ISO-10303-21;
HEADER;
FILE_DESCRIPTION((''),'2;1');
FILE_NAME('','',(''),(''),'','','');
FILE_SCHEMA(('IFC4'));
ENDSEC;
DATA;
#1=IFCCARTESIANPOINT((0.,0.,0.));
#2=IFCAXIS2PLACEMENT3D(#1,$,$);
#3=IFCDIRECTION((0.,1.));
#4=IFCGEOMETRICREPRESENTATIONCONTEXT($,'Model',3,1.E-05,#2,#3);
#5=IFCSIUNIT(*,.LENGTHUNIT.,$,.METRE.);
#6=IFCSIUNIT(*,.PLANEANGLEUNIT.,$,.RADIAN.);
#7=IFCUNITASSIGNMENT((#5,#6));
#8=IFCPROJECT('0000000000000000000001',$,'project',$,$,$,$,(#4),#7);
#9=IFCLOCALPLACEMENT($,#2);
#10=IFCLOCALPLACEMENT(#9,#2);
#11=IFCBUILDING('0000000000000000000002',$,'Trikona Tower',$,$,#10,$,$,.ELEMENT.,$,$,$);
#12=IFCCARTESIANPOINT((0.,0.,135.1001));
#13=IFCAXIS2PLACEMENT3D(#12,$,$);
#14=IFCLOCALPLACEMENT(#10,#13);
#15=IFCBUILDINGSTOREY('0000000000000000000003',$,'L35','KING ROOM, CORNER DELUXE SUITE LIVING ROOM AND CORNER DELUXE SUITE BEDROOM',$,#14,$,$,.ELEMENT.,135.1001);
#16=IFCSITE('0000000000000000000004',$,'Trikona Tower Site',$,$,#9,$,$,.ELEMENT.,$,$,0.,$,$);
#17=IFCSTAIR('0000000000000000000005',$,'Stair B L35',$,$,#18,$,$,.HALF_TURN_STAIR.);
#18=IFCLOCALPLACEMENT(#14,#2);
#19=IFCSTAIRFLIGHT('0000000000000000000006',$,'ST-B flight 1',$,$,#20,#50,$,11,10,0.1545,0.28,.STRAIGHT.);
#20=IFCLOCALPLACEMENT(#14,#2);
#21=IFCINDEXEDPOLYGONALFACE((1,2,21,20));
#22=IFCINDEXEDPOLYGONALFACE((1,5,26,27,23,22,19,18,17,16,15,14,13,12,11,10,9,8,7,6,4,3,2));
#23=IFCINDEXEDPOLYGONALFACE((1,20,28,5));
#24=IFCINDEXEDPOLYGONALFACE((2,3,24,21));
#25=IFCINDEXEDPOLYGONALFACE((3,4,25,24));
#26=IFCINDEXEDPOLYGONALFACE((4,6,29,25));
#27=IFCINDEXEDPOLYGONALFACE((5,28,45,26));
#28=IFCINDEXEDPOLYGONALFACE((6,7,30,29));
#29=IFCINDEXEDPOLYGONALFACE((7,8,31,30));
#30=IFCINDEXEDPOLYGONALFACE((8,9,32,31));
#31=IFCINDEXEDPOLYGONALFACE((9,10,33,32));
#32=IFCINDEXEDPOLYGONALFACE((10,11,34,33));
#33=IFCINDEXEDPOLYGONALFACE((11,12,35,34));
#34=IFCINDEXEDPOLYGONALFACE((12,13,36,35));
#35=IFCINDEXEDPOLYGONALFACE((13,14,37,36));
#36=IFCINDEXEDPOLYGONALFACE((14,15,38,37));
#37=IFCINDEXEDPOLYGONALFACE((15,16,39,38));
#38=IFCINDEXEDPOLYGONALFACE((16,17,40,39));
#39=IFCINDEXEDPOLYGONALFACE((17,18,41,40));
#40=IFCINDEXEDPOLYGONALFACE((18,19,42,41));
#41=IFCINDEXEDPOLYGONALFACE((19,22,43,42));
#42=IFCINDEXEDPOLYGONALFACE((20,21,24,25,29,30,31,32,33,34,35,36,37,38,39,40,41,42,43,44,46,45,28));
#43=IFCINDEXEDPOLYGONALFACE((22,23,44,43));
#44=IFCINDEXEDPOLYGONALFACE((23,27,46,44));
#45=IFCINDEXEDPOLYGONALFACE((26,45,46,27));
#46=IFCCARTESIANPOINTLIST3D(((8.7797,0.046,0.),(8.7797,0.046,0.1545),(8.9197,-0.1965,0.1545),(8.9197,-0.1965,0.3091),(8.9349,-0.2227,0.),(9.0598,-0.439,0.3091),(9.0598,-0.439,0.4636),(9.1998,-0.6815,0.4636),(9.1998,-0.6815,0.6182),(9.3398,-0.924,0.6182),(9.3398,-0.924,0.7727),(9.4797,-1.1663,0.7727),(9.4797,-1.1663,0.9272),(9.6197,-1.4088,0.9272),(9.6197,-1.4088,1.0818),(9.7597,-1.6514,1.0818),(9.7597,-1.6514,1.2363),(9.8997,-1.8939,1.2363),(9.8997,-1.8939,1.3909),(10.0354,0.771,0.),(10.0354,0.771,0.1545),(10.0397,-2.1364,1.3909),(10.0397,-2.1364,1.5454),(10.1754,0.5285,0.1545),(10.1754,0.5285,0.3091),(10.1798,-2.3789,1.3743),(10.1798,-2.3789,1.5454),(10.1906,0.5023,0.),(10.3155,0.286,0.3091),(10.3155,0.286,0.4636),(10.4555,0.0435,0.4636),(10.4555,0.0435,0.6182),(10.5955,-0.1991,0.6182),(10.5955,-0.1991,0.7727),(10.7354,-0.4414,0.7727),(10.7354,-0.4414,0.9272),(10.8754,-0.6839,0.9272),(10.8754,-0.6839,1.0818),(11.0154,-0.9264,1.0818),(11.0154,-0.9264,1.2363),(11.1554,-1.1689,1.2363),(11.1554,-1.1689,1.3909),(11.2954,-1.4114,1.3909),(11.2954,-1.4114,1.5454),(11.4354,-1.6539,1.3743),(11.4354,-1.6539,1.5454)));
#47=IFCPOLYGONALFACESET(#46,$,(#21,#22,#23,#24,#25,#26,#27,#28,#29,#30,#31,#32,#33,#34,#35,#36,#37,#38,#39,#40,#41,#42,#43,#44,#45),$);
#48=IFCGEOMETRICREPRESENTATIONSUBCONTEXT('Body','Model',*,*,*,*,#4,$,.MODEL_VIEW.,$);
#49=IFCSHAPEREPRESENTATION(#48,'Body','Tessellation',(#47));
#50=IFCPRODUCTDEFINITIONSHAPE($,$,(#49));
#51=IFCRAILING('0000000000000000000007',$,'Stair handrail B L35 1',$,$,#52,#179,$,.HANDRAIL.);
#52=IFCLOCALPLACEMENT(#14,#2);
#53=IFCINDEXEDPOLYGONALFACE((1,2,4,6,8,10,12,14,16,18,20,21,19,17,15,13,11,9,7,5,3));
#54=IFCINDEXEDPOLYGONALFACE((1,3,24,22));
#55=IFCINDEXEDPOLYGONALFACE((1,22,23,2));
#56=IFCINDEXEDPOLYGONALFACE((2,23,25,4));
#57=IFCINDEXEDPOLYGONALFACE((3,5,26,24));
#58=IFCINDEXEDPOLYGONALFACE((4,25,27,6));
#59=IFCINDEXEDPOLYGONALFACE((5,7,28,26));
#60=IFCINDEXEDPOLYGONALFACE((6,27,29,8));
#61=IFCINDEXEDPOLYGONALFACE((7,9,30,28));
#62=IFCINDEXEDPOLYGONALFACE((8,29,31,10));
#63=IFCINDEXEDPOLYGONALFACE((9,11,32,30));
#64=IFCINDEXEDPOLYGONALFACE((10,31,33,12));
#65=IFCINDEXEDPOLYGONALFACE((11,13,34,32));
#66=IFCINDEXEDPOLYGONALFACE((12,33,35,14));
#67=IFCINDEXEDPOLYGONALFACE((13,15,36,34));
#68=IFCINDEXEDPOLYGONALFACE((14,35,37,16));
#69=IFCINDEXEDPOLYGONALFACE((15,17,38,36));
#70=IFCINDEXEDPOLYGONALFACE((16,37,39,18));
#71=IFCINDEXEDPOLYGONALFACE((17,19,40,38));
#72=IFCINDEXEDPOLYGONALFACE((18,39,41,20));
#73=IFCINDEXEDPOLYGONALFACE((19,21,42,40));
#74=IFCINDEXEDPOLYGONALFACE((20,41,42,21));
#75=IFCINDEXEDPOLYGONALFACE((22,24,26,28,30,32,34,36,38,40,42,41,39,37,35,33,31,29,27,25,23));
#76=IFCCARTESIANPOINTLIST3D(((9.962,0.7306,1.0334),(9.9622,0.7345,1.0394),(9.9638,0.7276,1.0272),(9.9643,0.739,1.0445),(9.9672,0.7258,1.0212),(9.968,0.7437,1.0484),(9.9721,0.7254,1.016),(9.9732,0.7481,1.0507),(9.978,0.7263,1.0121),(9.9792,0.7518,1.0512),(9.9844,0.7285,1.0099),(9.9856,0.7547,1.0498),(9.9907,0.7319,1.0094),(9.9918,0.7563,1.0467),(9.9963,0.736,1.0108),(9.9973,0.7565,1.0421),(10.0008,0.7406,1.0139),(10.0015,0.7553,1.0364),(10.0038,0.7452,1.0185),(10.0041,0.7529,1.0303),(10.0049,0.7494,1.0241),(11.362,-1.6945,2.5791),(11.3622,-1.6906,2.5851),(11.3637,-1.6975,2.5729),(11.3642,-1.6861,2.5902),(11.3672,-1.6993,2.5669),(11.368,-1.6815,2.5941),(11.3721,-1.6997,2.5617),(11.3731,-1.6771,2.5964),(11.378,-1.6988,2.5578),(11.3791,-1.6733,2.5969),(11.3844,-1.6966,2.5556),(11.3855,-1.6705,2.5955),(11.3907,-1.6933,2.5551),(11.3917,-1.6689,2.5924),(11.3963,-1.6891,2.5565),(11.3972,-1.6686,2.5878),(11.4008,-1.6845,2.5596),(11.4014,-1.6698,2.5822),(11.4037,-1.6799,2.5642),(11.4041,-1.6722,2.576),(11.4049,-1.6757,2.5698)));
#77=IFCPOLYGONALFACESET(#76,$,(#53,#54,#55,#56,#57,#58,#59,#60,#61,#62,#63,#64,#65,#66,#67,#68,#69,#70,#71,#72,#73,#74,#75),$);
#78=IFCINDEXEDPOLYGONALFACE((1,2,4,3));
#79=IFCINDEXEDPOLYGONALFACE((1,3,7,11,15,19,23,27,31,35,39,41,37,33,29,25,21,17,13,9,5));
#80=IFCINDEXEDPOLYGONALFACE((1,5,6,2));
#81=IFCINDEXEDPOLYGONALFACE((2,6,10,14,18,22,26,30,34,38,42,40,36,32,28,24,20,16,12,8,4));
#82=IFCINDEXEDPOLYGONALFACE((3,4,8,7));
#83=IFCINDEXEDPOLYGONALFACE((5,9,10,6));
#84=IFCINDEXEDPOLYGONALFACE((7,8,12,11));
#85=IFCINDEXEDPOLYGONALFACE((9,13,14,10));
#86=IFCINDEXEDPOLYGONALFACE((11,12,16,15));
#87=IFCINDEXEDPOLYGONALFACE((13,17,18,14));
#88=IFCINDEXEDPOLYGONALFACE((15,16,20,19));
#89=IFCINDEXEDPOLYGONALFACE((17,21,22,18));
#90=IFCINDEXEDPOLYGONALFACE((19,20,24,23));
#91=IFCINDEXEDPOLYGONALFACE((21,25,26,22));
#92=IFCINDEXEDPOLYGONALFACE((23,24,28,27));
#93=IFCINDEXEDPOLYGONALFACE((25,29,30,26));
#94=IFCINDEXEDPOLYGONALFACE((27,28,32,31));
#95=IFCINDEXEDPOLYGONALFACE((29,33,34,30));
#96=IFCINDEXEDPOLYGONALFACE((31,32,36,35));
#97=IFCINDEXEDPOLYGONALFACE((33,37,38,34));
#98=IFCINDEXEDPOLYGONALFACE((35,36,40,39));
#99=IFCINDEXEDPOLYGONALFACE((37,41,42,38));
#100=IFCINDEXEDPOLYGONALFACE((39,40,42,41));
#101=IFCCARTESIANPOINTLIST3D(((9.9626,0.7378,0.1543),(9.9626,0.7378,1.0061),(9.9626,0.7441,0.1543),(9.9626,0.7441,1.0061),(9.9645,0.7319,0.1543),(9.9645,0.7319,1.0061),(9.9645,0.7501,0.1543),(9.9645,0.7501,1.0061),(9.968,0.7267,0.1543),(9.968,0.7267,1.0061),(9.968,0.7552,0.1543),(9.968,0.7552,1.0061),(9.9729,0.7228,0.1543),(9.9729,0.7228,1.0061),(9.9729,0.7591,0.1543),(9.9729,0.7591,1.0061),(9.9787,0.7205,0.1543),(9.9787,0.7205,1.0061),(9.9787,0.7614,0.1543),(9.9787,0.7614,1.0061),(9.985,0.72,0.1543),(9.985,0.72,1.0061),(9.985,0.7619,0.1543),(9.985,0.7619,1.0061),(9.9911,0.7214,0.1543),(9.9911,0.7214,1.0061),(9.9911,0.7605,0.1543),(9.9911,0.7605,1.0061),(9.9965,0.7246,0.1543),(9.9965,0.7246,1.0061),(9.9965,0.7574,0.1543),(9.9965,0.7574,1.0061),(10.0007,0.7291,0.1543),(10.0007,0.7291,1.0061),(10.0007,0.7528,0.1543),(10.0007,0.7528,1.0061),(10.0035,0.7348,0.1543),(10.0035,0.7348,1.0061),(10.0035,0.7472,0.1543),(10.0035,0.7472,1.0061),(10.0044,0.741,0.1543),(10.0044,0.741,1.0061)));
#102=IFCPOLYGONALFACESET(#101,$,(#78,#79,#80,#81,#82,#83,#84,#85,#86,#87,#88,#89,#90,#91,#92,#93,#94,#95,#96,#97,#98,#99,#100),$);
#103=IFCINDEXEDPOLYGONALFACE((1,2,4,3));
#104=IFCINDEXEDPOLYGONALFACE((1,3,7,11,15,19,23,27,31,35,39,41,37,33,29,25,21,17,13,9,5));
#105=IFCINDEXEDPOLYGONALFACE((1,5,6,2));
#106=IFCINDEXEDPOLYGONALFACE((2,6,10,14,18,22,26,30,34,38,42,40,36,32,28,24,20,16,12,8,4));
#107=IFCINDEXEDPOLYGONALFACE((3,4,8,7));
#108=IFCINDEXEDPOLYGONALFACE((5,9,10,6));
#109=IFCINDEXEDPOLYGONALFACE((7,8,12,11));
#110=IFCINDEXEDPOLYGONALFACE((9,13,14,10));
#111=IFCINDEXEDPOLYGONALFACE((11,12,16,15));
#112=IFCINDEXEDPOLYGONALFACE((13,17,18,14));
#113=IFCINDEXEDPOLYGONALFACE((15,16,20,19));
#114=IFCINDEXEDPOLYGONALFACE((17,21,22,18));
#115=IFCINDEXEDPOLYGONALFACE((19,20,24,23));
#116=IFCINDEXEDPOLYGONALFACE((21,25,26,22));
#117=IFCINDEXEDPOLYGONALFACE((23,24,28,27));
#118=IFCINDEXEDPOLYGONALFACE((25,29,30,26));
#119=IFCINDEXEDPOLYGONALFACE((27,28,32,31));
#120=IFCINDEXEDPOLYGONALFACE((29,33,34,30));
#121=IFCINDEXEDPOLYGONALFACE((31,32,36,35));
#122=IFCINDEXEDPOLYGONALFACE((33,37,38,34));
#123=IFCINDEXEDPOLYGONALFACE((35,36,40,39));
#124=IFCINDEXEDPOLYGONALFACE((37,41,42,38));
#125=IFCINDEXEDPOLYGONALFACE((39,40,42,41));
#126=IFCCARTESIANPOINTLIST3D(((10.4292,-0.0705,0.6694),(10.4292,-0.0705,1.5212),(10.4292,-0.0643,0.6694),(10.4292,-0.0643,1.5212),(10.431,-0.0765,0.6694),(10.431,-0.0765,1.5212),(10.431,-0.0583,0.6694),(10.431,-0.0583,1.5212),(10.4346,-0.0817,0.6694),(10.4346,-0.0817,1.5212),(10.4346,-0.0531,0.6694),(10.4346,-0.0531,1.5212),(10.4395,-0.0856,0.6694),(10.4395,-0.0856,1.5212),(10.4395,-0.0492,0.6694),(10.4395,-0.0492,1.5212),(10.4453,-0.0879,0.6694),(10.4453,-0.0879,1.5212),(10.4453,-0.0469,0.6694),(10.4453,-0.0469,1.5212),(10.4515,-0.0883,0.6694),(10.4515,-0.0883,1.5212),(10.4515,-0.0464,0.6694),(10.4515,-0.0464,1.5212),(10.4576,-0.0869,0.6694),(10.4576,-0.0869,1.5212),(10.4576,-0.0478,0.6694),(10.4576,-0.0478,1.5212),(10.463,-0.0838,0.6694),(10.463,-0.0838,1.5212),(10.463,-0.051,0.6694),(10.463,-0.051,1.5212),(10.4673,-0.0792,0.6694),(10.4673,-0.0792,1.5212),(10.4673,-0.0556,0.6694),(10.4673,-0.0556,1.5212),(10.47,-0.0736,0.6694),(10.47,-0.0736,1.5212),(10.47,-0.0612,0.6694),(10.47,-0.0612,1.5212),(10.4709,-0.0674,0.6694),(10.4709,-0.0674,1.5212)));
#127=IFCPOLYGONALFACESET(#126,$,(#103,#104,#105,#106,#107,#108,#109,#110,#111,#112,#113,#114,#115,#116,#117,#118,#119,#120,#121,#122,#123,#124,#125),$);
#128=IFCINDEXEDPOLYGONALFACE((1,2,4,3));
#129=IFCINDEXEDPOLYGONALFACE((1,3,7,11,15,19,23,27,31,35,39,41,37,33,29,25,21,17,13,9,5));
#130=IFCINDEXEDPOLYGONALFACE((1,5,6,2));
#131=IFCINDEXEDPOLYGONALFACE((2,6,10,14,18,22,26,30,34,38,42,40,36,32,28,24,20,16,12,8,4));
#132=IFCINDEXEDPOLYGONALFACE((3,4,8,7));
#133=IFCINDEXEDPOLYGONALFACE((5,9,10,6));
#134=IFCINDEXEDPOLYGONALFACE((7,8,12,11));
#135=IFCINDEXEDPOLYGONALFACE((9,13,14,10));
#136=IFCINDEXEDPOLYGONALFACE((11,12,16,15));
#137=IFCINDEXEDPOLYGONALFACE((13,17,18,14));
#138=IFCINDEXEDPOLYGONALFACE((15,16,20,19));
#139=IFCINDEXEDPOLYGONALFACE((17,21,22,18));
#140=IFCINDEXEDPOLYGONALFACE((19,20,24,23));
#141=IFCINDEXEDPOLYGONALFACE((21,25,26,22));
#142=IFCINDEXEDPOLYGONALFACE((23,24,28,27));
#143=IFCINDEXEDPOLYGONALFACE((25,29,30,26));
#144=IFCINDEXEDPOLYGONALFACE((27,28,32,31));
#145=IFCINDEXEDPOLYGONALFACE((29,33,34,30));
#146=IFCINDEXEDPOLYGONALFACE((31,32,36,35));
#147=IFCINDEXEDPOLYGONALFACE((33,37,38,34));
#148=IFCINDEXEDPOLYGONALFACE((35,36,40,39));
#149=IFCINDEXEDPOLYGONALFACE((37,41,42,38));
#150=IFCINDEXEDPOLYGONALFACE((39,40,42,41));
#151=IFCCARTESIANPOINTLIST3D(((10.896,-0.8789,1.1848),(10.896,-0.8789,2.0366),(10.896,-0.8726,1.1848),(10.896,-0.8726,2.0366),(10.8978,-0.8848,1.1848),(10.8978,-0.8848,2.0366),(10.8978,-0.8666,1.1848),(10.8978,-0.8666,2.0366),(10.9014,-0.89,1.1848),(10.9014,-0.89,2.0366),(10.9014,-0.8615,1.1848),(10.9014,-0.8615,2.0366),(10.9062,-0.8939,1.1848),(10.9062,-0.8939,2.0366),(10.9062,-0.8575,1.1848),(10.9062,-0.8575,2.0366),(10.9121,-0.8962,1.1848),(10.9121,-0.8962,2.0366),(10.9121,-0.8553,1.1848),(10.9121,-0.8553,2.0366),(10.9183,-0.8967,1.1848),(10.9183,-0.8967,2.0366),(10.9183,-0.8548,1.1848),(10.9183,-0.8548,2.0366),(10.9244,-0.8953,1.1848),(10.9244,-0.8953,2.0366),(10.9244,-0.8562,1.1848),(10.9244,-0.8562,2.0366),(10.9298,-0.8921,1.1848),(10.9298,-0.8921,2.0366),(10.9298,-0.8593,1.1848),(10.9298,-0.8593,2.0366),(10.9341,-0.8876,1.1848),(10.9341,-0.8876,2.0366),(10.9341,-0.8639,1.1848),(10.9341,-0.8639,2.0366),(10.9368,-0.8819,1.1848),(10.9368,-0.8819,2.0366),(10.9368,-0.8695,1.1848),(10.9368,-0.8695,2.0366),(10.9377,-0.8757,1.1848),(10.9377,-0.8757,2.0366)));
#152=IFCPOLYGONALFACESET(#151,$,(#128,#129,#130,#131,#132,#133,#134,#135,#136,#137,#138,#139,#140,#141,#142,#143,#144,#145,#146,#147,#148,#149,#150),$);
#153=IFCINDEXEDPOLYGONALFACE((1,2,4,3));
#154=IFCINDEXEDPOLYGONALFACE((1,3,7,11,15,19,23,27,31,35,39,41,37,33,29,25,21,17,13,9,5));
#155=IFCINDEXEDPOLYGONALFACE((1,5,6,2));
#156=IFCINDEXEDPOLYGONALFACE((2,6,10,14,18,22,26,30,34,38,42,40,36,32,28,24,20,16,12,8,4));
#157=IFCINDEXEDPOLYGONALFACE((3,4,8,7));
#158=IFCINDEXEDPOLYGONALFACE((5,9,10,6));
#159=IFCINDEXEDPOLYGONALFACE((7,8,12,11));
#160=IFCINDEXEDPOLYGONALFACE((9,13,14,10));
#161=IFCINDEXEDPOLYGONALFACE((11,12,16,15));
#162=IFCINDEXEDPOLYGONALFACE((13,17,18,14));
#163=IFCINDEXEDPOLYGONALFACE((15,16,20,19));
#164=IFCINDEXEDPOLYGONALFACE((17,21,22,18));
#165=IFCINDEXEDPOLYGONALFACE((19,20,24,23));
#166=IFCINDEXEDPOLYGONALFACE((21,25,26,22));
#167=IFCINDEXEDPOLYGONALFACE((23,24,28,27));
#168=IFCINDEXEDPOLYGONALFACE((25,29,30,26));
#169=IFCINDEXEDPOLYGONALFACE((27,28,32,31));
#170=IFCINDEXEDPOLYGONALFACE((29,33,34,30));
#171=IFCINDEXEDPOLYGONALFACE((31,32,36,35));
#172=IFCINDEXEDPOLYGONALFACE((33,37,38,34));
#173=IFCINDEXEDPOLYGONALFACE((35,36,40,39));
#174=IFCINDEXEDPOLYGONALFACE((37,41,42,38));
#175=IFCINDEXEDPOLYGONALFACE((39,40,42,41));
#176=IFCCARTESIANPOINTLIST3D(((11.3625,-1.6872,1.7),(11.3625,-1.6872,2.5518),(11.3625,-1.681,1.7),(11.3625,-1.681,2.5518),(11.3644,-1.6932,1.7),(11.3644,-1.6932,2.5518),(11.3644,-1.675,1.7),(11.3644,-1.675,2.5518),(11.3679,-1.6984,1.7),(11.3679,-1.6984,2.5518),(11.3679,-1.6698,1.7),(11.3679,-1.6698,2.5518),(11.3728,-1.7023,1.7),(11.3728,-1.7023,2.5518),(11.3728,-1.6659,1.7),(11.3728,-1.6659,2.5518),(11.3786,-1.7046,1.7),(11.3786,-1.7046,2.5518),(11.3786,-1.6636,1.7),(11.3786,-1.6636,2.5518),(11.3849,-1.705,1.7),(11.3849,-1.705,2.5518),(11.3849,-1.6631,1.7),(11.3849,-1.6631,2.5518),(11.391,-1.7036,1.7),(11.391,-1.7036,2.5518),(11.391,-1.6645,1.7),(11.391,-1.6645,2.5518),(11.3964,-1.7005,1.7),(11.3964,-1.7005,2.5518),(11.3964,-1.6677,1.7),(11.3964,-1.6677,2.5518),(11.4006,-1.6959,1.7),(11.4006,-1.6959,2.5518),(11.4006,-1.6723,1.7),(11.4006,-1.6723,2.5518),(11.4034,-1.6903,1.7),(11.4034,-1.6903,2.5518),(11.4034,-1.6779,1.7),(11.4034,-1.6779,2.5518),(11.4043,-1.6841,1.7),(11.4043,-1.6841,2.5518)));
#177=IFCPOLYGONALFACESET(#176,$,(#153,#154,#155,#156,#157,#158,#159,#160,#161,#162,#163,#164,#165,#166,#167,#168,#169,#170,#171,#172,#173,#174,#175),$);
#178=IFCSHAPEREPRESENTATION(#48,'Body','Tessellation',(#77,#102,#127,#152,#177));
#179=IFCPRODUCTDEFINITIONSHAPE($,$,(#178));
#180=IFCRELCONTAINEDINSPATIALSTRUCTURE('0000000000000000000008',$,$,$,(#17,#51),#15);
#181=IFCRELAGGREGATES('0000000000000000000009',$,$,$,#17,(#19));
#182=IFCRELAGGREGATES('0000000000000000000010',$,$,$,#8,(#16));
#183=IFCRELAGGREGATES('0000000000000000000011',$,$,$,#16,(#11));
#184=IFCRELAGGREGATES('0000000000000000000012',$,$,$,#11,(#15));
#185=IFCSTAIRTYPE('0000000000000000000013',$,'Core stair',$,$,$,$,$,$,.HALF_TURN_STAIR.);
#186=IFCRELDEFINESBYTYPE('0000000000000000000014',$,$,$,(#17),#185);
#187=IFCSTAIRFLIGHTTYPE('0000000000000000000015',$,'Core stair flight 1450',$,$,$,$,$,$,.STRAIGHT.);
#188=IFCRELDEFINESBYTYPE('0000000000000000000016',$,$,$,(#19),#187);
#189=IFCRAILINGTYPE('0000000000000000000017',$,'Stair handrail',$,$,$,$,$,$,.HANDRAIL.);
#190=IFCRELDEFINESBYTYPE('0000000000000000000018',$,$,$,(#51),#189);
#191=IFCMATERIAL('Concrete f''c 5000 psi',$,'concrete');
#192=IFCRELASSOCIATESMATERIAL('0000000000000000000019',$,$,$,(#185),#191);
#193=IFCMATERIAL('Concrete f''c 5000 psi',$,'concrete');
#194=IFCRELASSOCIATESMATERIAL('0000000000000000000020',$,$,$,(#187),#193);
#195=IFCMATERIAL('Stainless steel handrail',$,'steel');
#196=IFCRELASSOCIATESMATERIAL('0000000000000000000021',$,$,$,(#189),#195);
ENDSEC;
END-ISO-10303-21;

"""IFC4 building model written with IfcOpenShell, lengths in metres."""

from ifc_helpers import new_model, si_unit, direction, frame, origin, origin_2d, place, context, subcontext, project, spatial, polyline, circle, outline, extrude, material, type_object, element, aggregate, save


model = new_model("IFC4")

# Units and contexts
model_context = context("Model", 3, precision=1e-05, world=origin(), true_north=direction((0.0, 1.0)))
body_context = subcontext(model_context, "Body", "Model", "MODEL_VIEW")
ifc_project = project(units=[si_unit("LENGTHUNIT", "METRE"), si_unit("PLANEANGLEUNIT", "RADIAN")], contexts=[model_context])

# Site, building, storey
site_placement = place(None, origin())
site = spatial("IfcSite", under=ifc_project, at=site_placement, Name="Trikona Tower Site", CompositionType="ELEMENT", RefElevation=0.0)
building_placement = place(site_placement, origin())
building = spatial("IfcBuilding", under=site, at=building_placement, Name="Trikona Tower", CompositionType="ELEMENT")
storey_placement = place(building_placement, frame((0.0, 0.0, 135.1001)))
storey = spatial("IfcBuildingStorey", under=building, at=storey_placement, Name="L35", Description="KING ROOM, CORNER DELUXE SUITE LIVING ROOM AND CORNER DELUXE SUITE BEDROOM", CompositionType="ELEMENT", Elevation=135.1001)

# Stair
ifc_material_1 = material(Name="Concrete f'c 5000 psi", Category="concrete")
stair_type = type_object("IfcStairType", Name="Core stair", PredefinedType="HALF_TURN_STAIR", material=ifc_material_1)
stair_1_placement = place(storey_placement, origin())
stair_1 = element("IfcStair", 1, at=stair_1_placement, inside=storey, type_object=stair_type, Name="Stair B L35", PredefinedType="HALF_TURN_STAIR")

# Stair flight
ifc_material_2 = material(Name="Concrete f'c 5000 psi", Category="concrete")
stair_flight_type = type_object("IfcStairFlightType", Name="Core stair flight 1450", PredefinedType="STRAIGHT", material=ifc_material_2)
stair_flight_placement = place(storey_placement, frame((9.4075, 0.4084, 0.0), z_axis=(0.0, 0.0, 1.0), x_axis=(0.5, -0.866025, 0.0)))
stair_flight = element("IfcStairFlight", 2, at=stair_flight_placement, type_object=stair_flight_type, Name="ST-B flight 1", NumberOfRisers=11, NumberOfTreads=10, PredefinedType="STRAIGHT", RiserHeight=0.1545, TreadLength=0.28, context=body_context, shape_type="SweptSolid", body=[
    extrude(outline(polyline([(0.0, 0.0), (0.0, 0.1545), (0.28, 0.1545), (0.28, 0.3091), (0.5601, 0.3091), (0.5601, 0.4636), (0.8401, 0.4636), (0.8401, 0.6182), (1.1201, 0.6182), (1.1201, 0.7727), (1.3999, 0.7727), (1.3999, 0.9272), (1.6799, 0.9272), (1.6799, 1.0818), (1.96, 1.0818), (1.96, 1.2363), (2.24, 1.2363), (2.24, 1.3909), (2.52, 1.3909), (2.52, 1.5454), (2.8, 1.5454), (2.8, 1.7), (2.8, 1.3743), (0.3103, 0.0), (0.0, 0.0)])), frame((0.0, 0.7251, 0.0), z_axis=(0.0, -1.0, 0.0), x_axis=(1.0, 0.0, 0.0)), (0.0, 0.0, 1.0), 1.45),
])
aggregate(stair_1, [stair_flight])

# Railing
ifc_material_3 = material(Name="Stainless steel handrail", Category="steel")
railing_type = type_object("IfcRailingType", Name="Stair handrail", PredefinedType="HANDRAIL", material=ifc_material_3)
railing_placement = place(storey_placement, frame((9.9834, 0.741, 0.1543)))
element("IfcRailing", 3, at=railing_placement, inside=storey, type_object=railing_type, Name="Stair handrail B L35 1", PredefinedType="HANDRAIL", context=body_context, shape_type="SweptSolid", body=[
    extrude(circle(Radius=0.0239, at=origin_2d()), frame((0.0, 0.0, 0.876), z_axis=(0.437691, -0.758212, 0.483262), x_axis=(0.866056, 0.499946, 0.0)), (0.0, 0.0, 1.0), 3.1985),
    extrude(circle(Radius=0.021, at=origin_2d()), origin(), (0.0, 0.0, 1.0), 0.8518),
    extrude(circle(Radius=0.021, at=origin_2d()), frame((0.4666, -0.8083, 0.5151)), (0.0, 0.0, 1.0), 0.8518),
    extrude(circle(Radius=0.021, at=origin_2d()), frame((0.9333, -1.6167, 1.0305)), (0.0, 0.0, 1.0), 0.8518),
    extrude(circle(Radius=0.021, at=origin_2d()), frame((1.3999, -2.425, 1.5457)), (0.0, 0.0, 1.0), 0.8518),
])

save(model, "model.ifc")
